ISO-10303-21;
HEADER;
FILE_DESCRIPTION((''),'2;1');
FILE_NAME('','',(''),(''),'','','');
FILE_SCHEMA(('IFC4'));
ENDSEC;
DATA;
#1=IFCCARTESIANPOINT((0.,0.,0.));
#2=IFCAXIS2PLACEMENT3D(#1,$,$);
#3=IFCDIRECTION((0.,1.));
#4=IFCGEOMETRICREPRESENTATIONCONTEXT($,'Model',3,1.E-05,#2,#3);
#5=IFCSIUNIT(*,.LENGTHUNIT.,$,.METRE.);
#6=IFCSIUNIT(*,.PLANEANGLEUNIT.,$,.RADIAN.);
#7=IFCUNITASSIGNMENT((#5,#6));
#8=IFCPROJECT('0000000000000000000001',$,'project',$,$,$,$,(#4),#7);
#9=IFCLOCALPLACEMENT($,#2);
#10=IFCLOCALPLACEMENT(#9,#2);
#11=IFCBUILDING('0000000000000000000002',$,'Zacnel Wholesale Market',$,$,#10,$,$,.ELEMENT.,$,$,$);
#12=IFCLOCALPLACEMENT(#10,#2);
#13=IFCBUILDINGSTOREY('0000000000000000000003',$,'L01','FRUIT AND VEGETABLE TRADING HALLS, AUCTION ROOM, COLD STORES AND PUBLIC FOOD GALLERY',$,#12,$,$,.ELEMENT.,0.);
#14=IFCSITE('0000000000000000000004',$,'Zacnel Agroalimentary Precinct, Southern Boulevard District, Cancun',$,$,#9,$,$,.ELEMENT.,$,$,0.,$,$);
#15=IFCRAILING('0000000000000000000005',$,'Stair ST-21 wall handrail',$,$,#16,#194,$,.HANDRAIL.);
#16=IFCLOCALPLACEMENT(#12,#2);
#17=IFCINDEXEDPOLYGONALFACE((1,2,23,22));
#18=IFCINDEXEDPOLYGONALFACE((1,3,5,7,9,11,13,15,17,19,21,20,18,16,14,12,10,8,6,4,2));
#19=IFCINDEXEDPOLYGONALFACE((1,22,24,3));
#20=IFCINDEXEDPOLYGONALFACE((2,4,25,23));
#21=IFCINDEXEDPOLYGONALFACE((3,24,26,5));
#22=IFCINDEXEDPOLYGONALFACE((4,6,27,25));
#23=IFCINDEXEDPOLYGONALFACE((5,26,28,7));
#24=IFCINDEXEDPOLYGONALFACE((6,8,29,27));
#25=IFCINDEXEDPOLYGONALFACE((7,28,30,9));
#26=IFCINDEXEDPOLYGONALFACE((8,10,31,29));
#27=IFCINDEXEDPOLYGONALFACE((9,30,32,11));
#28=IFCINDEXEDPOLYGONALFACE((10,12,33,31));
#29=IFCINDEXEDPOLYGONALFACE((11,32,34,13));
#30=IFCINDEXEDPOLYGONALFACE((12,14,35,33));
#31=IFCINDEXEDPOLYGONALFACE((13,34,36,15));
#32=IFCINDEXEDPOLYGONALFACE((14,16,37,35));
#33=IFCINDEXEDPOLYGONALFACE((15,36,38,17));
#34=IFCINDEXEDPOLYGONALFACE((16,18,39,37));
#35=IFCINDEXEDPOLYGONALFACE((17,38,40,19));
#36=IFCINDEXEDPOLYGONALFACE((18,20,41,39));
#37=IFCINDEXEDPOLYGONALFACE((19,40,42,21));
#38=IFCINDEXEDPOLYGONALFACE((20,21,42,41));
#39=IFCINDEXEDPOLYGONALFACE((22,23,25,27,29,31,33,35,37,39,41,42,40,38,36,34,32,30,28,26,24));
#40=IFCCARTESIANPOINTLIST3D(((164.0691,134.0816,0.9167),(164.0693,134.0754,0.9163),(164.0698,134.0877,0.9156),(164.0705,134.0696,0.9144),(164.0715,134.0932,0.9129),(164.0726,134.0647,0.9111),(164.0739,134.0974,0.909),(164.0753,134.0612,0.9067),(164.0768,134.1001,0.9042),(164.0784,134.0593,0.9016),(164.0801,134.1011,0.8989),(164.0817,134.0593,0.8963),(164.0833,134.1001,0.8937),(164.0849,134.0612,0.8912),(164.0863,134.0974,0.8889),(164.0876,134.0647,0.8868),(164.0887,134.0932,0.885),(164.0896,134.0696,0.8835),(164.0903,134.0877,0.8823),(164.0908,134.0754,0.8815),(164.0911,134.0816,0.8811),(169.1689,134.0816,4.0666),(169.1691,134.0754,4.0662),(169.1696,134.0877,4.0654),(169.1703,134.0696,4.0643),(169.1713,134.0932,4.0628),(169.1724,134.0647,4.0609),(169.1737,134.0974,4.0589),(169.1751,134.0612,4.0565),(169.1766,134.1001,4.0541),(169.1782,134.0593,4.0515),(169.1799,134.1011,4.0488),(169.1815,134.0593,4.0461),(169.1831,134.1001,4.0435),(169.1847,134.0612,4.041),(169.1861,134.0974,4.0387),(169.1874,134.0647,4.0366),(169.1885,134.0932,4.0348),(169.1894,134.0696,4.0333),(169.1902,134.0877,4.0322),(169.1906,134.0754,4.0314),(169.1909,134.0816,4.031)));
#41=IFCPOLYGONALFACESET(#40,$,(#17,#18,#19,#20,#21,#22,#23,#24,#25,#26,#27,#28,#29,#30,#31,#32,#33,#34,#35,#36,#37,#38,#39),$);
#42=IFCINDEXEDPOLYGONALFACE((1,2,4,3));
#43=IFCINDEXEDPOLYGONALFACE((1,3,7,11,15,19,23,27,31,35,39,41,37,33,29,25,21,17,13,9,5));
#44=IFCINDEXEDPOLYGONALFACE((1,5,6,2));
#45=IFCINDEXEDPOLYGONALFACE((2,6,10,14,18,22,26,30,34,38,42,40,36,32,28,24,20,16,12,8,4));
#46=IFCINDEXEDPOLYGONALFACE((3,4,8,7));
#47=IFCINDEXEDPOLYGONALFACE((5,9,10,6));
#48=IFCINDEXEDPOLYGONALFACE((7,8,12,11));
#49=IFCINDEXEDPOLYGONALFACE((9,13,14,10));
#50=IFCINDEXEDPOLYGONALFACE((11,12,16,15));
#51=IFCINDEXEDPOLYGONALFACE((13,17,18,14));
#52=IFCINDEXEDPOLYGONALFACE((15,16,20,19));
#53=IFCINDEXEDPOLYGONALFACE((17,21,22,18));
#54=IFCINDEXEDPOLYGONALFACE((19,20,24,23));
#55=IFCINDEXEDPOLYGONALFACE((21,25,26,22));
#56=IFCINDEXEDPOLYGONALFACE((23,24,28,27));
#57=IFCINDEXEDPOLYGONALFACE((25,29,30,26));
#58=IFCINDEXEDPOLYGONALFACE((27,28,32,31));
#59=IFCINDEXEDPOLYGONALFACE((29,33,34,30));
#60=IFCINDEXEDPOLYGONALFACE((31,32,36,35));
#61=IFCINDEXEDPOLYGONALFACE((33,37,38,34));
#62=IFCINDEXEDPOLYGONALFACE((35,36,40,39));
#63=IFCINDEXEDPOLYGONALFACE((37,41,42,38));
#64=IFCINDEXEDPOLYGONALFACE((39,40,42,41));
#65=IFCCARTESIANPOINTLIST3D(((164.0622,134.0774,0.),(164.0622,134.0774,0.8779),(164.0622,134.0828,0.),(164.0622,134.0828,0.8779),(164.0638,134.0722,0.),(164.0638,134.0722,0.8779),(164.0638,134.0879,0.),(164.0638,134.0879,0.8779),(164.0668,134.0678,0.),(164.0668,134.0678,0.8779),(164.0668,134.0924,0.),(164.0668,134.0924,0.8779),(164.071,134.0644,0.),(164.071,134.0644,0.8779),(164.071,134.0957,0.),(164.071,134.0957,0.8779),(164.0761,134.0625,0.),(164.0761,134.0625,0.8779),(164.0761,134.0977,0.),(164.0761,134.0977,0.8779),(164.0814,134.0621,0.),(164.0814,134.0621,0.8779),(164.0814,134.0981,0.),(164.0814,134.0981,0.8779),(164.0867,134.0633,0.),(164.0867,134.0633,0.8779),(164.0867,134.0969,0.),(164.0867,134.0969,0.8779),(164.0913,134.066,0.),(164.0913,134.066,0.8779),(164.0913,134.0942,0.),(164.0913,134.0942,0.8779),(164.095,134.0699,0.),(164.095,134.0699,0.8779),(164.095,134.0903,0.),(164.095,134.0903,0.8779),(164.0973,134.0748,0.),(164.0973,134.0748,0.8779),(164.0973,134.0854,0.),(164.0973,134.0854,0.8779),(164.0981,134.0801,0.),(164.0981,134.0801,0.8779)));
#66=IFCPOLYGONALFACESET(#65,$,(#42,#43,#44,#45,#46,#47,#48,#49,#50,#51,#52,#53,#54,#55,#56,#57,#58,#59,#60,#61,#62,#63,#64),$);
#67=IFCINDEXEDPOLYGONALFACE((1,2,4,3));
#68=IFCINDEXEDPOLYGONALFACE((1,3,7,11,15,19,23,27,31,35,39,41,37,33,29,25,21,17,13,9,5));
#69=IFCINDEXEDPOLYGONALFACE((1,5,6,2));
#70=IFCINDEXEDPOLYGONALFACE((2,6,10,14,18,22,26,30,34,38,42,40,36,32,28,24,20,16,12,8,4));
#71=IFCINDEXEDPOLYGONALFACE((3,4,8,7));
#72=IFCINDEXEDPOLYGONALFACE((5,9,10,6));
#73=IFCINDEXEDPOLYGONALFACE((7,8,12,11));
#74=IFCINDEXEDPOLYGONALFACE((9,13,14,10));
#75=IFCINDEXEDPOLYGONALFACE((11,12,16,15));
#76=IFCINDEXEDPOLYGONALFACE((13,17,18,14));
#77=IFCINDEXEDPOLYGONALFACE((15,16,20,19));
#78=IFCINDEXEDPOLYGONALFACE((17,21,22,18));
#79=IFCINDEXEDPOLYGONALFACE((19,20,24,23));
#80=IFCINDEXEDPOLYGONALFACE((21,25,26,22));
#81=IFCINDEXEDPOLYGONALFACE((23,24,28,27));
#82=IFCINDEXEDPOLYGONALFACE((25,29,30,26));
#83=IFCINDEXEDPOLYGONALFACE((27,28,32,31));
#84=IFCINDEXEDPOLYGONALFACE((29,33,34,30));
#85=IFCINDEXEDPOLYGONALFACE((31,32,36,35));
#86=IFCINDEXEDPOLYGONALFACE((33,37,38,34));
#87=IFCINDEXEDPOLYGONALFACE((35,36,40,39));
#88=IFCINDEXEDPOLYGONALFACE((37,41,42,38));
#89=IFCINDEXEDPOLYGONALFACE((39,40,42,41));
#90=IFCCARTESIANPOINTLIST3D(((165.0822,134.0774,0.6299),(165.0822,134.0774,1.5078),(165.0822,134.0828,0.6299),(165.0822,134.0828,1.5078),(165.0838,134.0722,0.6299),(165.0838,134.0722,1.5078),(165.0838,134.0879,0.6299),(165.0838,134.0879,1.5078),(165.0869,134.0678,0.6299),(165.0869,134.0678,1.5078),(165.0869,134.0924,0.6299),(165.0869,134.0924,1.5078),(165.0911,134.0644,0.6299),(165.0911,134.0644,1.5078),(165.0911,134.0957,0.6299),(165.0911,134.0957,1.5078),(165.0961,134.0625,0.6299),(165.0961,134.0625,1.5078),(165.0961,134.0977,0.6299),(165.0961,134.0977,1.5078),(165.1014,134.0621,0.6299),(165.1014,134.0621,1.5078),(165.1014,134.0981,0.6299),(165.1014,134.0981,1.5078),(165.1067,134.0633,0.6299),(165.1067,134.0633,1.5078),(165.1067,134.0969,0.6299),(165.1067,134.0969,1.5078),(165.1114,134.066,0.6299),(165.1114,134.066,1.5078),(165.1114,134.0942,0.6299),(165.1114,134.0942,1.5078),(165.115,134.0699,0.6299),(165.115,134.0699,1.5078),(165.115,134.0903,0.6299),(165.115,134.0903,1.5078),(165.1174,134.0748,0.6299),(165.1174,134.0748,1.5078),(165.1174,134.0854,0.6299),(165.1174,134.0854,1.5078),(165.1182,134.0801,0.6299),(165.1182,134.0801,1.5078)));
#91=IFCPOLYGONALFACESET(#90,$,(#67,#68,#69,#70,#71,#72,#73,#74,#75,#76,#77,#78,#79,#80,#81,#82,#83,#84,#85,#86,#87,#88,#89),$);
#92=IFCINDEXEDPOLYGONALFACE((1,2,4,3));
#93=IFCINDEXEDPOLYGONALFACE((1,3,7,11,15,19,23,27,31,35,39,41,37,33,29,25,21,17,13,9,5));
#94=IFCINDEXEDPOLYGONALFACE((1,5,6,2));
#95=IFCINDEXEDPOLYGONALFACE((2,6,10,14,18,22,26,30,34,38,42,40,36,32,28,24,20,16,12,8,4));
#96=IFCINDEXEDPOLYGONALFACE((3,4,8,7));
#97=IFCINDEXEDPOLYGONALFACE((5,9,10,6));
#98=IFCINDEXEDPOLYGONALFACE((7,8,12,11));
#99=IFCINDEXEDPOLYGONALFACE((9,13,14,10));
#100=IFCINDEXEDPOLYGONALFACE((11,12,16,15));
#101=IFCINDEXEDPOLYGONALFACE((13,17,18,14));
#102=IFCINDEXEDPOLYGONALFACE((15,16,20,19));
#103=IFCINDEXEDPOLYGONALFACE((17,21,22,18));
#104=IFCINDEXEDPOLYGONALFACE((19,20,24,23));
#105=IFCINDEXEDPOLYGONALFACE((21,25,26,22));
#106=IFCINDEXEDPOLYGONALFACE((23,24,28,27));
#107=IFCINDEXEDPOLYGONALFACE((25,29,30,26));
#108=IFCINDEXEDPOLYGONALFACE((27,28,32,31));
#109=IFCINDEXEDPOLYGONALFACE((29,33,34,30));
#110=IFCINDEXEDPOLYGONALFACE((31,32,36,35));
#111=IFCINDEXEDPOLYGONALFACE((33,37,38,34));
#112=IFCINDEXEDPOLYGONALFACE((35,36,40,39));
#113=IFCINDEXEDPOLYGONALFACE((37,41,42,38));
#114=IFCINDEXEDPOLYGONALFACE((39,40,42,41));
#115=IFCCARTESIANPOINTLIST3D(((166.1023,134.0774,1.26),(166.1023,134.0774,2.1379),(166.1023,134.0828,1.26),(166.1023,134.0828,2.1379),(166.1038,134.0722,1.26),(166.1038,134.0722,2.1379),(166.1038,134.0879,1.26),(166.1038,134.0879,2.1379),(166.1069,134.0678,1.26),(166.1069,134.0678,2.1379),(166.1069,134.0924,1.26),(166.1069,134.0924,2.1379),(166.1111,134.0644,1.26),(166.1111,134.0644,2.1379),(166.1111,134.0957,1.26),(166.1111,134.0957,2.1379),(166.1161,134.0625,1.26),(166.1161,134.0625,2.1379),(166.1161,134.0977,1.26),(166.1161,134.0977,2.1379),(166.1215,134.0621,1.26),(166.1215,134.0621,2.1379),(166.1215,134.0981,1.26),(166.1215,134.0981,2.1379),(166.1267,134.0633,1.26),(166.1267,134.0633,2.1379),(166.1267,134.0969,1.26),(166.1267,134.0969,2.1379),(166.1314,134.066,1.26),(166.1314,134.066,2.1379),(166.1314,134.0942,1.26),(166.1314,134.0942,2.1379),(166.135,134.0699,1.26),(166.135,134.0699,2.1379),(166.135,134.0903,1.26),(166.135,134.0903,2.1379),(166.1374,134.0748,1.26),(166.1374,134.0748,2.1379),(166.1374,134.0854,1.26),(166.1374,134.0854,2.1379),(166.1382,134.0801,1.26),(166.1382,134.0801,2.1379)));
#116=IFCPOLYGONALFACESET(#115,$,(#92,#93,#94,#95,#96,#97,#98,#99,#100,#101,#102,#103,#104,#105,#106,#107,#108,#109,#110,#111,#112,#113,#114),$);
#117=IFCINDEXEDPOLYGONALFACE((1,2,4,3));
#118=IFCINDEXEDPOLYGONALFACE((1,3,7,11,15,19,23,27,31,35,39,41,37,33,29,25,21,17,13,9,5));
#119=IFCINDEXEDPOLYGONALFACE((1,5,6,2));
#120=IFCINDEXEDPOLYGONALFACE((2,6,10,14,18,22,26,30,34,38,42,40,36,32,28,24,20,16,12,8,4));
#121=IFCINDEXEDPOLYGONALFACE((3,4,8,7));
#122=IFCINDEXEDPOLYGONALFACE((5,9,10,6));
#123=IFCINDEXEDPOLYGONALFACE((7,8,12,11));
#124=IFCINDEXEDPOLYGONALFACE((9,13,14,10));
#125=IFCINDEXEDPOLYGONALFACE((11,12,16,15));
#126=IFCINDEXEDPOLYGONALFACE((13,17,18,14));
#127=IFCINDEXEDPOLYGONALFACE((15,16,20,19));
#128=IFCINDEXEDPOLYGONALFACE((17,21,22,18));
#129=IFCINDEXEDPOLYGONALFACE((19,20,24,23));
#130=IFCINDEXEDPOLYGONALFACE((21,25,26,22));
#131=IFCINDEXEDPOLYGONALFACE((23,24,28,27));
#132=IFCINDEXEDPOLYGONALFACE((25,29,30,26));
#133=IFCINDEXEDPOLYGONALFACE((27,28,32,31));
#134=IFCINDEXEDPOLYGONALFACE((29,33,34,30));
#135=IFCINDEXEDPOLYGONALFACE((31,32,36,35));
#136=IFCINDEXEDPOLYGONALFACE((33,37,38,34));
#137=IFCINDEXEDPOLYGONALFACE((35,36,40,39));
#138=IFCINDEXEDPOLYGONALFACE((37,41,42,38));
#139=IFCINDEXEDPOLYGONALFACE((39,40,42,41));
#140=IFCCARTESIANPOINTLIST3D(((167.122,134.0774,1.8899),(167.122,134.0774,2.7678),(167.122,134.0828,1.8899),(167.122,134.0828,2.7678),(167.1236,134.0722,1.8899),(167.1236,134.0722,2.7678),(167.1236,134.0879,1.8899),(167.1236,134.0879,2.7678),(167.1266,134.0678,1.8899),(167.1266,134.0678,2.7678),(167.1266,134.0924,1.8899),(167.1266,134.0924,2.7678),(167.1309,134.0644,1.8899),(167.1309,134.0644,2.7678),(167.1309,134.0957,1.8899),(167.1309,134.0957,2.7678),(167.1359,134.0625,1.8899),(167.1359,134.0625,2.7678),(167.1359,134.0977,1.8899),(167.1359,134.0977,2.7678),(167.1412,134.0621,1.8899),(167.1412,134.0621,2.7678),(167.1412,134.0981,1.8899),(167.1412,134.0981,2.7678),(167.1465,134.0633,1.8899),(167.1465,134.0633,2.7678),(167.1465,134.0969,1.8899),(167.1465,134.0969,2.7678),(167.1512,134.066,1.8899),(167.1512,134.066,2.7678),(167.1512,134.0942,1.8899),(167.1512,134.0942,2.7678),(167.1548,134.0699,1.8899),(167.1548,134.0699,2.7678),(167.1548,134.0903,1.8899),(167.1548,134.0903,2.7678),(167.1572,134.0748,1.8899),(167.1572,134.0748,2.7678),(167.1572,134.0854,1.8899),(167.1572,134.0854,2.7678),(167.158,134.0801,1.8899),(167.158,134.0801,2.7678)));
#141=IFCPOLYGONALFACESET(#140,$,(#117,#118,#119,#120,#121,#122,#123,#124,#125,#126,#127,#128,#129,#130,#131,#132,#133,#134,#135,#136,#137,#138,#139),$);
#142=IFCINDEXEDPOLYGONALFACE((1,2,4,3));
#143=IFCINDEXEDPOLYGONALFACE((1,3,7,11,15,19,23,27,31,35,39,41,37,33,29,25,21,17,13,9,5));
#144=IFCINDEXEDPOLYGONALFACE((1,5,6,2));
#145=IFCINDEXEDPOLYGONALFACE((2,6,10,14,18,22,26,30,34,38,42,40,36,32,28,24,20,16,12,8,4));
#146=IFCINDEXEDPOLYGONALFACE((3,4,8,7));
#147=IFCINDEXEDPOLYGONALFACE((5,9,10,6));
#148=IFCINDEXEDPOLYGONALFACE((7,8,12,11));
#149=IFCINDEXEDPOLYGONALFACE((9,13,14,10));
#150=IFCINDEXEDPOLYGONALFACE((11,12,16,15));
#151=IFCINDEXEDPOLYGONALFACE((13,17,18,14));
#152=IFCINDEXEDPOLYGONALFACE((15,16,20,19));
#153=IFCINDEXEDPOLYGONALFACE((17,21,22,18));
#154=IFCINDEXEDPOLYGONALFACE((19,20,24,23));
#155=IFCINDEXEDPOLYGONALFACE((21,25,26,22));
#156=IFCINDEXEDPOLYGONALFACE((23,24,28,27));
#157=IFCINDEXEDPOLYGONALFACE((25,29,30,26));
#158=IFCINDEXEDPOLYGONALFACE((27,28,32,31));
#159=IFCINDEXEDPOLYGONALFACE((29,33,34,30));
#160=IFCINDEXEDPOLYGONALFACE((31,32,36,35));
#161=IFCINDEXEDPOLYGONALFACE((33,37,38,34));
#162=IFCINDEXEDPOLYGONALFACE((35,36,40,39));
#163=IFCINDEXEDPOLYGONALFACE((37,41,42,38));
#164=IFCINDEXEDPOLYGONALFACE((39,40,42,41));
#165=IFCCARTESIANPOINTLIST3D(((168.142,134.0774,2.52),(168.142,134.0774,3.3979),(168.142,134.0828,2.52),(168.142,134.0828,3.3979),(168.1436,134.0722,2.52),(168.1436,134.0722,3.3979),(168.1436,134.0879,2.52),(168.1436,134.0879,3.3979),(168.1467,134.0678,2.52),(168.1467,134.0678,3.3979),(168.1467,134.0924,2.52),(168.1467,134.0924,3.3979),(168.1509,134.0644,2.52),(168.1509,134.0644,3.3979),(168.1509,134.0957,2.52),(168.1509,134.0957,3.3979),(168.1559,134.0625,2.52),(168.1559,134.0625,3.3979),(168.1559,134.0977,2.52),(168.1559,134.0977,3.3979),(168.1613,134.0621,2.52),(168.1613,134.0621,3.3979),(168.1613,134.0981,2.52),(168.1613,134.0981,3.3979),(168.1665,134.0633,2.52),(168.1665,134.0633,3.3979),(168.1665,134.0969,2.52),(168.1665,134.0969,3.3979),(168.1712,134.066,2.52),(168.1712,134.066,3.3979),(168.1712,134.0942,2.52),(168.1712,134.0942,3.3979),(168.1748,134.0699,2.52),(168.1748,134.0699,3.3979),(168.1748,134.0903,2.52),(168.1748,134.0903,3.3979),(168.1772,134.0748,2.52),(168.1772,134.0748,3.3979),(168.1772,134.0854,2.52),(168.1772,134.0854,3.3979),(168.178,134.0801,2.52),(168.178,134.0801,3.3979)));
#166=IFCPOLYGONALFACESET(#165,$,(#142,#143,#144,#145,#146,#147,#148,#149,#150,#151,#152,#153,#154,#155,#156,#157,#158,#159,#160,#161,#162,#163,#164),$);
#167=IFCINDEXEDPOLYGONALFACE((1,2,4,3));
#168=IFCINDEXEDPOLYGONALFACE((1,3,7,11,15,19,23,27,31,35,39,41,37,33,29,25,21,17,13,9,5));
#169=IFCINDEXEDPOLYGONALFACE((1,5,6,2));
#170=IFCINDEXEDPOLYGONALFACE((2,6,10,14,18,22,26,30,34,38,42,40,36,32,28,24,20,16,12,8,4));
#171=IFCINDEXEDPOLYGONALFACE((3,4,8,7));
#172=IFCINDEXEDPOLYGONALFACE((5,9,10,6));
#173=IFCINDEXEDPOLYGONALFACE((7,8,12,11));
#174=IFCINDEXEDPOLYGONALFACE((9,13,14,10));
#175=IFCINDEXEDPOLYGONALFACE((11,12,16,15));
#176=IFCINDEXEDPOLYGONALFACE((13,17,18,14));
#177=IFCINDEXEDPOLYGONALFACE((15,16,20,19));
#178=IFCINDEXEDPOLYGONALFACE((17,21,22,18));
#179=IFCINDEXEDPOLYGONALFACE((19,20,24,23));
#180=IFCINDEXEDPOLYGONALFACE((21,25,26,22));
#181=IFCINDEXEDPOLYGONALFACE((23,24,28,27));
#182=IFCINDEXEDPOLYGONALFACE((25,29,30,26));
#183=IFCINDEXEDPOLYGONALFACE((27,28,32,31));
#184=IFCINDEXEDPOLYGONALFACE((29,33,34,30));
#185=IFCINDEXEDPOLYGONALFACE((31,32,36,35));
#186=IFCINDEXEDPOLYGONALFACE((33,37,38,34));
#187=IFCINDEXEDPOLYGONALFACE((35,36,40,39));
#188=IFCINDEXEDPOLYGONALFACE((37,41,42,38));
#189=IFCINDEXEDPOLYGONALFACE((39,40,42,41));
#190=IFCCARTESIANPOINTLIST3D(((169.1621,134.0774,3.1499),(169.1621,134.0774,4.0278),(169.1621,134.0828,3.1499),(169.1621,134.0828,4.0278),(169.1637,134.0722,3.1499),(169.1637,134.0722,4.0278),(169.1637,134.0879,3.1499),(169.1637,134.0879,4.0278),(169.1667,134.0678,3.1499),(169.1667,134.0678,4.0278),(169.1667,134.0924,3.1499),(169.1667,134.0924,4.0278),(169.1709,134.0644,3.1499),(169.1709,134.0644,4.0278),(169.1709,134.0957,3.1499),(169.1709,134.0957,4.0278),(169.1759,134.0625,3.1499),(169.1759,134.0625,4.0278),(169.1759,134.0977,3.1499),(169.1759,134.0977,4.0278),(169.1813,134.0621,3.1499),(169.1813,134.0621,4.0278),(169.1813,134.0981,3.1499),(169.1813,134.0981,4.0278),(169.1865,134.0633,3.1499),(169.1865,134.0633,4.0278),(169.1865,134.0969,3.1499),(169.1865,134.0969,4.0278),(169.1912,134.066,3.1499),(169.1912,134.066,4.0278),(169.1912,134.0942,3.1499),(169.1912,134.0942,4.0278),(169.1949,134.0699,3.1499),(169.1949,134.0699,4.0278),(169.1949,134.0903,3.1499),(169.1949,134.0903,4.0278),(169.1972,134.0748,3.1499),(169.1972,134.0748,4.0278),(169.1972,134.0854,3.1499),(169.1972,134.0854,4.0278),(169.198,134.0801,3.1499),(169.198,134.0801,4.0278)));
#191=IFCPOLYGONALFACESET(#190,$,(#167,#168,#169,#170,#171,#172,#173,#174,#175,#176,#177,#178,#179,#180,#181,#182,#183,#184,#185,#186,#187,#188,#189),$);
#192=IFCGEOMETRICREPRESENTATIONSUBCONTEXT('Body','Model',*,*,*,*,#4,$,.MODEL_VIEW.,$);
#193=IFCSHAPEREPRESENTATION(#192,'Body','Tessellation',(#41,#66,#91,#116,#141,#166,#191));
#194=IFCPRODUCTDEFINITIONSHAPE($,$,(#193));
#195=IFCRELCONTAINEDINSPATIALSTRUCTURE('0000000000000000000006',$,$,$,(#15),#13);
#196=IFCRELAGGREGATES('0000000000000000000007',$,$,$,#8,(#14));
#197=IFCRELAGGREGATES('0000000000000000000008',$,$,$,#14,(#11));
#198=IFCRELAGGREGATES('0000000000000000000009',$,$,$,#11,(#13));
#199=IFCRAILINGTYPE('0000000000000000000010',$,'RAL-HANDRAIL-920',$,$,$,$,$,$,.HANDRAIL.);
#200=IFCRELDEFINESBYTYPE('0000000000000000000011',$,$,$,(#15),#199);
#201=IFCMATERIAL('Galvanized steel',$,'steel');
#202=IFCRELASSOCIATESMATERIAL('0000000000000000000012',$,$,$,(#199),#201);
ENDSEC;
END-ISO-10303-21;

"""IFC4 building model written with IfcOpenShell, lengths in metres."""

from ifc_helpers import new_model, si_unit, direction, frame, origin, origin_2d, place, context, subcontext, project, spatial, circle, extrude, material, type_object, element, save


model = new_model("IFC4")

# Units and contexts
model_context = context("Model", 3, precision=1e-05, world=origin(), true_north=direction((0.0, 1.0)))
body_context = subcontext(model_context, "Body", "Model", "MODEL_VIEW")
ifc_project = project(units=[si_unit("LENGTHUNIT", "METRE"), si_unit("PLANEANGLEUNIT", "RADIAN")], contexts=[model_context])

# Site, building, storey
site_placement = place(None, origin())
site = spatial("IfcSite", under=ifc_project, at=site_placement, Name="Zacnel Agroalimentary Precinct, Southern Boulevard District, Cancun", CompositionType="ELEMENT", RefElevation=0.0)
building_placement = place(site_placement, origin())
building = spatial("IfcBuilding", under=site, at=building_placement, Name="Zacnel Wholesale Market", CompositionType="ELEMENT")
storey_placement = place(building_placement, origin())
storey = spatial("IfcBuildingStorey", under=building, at=storey_placement, Name="L01", Description="FRUIT AND VEGETABLE TRADING HALLS, AUCTION ROOM, COLD STORES AND PUBLIC FOOD GALLERY", CompositionType="ELEMENT", Elevation=0.0)

# Railing
ifc_material_1 = material(Name="Galvanized steel", Category="steel")
railing_type_1 = type_object("IfcRailingType", Name="RAL-HANDRAIL-920", PredefinedType="HANDRAIL", material=ifc_material_1)
railing_1_placement = place(storey_placement, frame((164.0801, 134.0801, 0.0)))
element("IfcRailing", 1, at=railing_1_placement, inside=storey, type_object=railing_type_1, Name="Stair ST-21 wall handrail", PredefinedType="HANDRAIL", context=body_context, shape_type="SweptSolid", body=[
    extrude(circle(Radius=0.021, at=origin_2d()), frame((0.0, 0.0, 0.8989), z_axis=(0.850799, 0.0, 0.525492), x_axis=(0.0, 1.0, 0.0)), (0.0, 0.0, 1.0), 5.9941),
    extrude(circle(Radius=0.0181, at=origin_2d()), origin(), (0.0, 0.0, 1.0), 0.8779),
    extrude(circle(Radius=0.0181, at=origin_2d()), frame((1.02, 0.0, 0.6299)), (0.0, 0.0, 1.0), 0.8779),
    extrude(circle(Radius=0.0181, at=origin_2d()), frame((2.04, 0.0, 1.26)), (0.0, 0.0, 1.0), 0.8779),
    extrude(circle(Radius=0.0181, at=origin_2d()), frame((3.0598, 0.0, 1.8899)), (0.0, 0.0, 1.0), 0.8779),
    extrude(circle(Radius=0.0181, at=origin_2d()), frame((4.0798, 0.0, 2.52)), (0.0, 0.0, 1.0), 0.8779),
    extrude(circle(Radius=0.0181, at=origin_2d()), frame((5.0999, 0.0, 3.1499)), (0.0, 0.0, 1.0), 0.8779),
])

save(model, "model.ifc")
